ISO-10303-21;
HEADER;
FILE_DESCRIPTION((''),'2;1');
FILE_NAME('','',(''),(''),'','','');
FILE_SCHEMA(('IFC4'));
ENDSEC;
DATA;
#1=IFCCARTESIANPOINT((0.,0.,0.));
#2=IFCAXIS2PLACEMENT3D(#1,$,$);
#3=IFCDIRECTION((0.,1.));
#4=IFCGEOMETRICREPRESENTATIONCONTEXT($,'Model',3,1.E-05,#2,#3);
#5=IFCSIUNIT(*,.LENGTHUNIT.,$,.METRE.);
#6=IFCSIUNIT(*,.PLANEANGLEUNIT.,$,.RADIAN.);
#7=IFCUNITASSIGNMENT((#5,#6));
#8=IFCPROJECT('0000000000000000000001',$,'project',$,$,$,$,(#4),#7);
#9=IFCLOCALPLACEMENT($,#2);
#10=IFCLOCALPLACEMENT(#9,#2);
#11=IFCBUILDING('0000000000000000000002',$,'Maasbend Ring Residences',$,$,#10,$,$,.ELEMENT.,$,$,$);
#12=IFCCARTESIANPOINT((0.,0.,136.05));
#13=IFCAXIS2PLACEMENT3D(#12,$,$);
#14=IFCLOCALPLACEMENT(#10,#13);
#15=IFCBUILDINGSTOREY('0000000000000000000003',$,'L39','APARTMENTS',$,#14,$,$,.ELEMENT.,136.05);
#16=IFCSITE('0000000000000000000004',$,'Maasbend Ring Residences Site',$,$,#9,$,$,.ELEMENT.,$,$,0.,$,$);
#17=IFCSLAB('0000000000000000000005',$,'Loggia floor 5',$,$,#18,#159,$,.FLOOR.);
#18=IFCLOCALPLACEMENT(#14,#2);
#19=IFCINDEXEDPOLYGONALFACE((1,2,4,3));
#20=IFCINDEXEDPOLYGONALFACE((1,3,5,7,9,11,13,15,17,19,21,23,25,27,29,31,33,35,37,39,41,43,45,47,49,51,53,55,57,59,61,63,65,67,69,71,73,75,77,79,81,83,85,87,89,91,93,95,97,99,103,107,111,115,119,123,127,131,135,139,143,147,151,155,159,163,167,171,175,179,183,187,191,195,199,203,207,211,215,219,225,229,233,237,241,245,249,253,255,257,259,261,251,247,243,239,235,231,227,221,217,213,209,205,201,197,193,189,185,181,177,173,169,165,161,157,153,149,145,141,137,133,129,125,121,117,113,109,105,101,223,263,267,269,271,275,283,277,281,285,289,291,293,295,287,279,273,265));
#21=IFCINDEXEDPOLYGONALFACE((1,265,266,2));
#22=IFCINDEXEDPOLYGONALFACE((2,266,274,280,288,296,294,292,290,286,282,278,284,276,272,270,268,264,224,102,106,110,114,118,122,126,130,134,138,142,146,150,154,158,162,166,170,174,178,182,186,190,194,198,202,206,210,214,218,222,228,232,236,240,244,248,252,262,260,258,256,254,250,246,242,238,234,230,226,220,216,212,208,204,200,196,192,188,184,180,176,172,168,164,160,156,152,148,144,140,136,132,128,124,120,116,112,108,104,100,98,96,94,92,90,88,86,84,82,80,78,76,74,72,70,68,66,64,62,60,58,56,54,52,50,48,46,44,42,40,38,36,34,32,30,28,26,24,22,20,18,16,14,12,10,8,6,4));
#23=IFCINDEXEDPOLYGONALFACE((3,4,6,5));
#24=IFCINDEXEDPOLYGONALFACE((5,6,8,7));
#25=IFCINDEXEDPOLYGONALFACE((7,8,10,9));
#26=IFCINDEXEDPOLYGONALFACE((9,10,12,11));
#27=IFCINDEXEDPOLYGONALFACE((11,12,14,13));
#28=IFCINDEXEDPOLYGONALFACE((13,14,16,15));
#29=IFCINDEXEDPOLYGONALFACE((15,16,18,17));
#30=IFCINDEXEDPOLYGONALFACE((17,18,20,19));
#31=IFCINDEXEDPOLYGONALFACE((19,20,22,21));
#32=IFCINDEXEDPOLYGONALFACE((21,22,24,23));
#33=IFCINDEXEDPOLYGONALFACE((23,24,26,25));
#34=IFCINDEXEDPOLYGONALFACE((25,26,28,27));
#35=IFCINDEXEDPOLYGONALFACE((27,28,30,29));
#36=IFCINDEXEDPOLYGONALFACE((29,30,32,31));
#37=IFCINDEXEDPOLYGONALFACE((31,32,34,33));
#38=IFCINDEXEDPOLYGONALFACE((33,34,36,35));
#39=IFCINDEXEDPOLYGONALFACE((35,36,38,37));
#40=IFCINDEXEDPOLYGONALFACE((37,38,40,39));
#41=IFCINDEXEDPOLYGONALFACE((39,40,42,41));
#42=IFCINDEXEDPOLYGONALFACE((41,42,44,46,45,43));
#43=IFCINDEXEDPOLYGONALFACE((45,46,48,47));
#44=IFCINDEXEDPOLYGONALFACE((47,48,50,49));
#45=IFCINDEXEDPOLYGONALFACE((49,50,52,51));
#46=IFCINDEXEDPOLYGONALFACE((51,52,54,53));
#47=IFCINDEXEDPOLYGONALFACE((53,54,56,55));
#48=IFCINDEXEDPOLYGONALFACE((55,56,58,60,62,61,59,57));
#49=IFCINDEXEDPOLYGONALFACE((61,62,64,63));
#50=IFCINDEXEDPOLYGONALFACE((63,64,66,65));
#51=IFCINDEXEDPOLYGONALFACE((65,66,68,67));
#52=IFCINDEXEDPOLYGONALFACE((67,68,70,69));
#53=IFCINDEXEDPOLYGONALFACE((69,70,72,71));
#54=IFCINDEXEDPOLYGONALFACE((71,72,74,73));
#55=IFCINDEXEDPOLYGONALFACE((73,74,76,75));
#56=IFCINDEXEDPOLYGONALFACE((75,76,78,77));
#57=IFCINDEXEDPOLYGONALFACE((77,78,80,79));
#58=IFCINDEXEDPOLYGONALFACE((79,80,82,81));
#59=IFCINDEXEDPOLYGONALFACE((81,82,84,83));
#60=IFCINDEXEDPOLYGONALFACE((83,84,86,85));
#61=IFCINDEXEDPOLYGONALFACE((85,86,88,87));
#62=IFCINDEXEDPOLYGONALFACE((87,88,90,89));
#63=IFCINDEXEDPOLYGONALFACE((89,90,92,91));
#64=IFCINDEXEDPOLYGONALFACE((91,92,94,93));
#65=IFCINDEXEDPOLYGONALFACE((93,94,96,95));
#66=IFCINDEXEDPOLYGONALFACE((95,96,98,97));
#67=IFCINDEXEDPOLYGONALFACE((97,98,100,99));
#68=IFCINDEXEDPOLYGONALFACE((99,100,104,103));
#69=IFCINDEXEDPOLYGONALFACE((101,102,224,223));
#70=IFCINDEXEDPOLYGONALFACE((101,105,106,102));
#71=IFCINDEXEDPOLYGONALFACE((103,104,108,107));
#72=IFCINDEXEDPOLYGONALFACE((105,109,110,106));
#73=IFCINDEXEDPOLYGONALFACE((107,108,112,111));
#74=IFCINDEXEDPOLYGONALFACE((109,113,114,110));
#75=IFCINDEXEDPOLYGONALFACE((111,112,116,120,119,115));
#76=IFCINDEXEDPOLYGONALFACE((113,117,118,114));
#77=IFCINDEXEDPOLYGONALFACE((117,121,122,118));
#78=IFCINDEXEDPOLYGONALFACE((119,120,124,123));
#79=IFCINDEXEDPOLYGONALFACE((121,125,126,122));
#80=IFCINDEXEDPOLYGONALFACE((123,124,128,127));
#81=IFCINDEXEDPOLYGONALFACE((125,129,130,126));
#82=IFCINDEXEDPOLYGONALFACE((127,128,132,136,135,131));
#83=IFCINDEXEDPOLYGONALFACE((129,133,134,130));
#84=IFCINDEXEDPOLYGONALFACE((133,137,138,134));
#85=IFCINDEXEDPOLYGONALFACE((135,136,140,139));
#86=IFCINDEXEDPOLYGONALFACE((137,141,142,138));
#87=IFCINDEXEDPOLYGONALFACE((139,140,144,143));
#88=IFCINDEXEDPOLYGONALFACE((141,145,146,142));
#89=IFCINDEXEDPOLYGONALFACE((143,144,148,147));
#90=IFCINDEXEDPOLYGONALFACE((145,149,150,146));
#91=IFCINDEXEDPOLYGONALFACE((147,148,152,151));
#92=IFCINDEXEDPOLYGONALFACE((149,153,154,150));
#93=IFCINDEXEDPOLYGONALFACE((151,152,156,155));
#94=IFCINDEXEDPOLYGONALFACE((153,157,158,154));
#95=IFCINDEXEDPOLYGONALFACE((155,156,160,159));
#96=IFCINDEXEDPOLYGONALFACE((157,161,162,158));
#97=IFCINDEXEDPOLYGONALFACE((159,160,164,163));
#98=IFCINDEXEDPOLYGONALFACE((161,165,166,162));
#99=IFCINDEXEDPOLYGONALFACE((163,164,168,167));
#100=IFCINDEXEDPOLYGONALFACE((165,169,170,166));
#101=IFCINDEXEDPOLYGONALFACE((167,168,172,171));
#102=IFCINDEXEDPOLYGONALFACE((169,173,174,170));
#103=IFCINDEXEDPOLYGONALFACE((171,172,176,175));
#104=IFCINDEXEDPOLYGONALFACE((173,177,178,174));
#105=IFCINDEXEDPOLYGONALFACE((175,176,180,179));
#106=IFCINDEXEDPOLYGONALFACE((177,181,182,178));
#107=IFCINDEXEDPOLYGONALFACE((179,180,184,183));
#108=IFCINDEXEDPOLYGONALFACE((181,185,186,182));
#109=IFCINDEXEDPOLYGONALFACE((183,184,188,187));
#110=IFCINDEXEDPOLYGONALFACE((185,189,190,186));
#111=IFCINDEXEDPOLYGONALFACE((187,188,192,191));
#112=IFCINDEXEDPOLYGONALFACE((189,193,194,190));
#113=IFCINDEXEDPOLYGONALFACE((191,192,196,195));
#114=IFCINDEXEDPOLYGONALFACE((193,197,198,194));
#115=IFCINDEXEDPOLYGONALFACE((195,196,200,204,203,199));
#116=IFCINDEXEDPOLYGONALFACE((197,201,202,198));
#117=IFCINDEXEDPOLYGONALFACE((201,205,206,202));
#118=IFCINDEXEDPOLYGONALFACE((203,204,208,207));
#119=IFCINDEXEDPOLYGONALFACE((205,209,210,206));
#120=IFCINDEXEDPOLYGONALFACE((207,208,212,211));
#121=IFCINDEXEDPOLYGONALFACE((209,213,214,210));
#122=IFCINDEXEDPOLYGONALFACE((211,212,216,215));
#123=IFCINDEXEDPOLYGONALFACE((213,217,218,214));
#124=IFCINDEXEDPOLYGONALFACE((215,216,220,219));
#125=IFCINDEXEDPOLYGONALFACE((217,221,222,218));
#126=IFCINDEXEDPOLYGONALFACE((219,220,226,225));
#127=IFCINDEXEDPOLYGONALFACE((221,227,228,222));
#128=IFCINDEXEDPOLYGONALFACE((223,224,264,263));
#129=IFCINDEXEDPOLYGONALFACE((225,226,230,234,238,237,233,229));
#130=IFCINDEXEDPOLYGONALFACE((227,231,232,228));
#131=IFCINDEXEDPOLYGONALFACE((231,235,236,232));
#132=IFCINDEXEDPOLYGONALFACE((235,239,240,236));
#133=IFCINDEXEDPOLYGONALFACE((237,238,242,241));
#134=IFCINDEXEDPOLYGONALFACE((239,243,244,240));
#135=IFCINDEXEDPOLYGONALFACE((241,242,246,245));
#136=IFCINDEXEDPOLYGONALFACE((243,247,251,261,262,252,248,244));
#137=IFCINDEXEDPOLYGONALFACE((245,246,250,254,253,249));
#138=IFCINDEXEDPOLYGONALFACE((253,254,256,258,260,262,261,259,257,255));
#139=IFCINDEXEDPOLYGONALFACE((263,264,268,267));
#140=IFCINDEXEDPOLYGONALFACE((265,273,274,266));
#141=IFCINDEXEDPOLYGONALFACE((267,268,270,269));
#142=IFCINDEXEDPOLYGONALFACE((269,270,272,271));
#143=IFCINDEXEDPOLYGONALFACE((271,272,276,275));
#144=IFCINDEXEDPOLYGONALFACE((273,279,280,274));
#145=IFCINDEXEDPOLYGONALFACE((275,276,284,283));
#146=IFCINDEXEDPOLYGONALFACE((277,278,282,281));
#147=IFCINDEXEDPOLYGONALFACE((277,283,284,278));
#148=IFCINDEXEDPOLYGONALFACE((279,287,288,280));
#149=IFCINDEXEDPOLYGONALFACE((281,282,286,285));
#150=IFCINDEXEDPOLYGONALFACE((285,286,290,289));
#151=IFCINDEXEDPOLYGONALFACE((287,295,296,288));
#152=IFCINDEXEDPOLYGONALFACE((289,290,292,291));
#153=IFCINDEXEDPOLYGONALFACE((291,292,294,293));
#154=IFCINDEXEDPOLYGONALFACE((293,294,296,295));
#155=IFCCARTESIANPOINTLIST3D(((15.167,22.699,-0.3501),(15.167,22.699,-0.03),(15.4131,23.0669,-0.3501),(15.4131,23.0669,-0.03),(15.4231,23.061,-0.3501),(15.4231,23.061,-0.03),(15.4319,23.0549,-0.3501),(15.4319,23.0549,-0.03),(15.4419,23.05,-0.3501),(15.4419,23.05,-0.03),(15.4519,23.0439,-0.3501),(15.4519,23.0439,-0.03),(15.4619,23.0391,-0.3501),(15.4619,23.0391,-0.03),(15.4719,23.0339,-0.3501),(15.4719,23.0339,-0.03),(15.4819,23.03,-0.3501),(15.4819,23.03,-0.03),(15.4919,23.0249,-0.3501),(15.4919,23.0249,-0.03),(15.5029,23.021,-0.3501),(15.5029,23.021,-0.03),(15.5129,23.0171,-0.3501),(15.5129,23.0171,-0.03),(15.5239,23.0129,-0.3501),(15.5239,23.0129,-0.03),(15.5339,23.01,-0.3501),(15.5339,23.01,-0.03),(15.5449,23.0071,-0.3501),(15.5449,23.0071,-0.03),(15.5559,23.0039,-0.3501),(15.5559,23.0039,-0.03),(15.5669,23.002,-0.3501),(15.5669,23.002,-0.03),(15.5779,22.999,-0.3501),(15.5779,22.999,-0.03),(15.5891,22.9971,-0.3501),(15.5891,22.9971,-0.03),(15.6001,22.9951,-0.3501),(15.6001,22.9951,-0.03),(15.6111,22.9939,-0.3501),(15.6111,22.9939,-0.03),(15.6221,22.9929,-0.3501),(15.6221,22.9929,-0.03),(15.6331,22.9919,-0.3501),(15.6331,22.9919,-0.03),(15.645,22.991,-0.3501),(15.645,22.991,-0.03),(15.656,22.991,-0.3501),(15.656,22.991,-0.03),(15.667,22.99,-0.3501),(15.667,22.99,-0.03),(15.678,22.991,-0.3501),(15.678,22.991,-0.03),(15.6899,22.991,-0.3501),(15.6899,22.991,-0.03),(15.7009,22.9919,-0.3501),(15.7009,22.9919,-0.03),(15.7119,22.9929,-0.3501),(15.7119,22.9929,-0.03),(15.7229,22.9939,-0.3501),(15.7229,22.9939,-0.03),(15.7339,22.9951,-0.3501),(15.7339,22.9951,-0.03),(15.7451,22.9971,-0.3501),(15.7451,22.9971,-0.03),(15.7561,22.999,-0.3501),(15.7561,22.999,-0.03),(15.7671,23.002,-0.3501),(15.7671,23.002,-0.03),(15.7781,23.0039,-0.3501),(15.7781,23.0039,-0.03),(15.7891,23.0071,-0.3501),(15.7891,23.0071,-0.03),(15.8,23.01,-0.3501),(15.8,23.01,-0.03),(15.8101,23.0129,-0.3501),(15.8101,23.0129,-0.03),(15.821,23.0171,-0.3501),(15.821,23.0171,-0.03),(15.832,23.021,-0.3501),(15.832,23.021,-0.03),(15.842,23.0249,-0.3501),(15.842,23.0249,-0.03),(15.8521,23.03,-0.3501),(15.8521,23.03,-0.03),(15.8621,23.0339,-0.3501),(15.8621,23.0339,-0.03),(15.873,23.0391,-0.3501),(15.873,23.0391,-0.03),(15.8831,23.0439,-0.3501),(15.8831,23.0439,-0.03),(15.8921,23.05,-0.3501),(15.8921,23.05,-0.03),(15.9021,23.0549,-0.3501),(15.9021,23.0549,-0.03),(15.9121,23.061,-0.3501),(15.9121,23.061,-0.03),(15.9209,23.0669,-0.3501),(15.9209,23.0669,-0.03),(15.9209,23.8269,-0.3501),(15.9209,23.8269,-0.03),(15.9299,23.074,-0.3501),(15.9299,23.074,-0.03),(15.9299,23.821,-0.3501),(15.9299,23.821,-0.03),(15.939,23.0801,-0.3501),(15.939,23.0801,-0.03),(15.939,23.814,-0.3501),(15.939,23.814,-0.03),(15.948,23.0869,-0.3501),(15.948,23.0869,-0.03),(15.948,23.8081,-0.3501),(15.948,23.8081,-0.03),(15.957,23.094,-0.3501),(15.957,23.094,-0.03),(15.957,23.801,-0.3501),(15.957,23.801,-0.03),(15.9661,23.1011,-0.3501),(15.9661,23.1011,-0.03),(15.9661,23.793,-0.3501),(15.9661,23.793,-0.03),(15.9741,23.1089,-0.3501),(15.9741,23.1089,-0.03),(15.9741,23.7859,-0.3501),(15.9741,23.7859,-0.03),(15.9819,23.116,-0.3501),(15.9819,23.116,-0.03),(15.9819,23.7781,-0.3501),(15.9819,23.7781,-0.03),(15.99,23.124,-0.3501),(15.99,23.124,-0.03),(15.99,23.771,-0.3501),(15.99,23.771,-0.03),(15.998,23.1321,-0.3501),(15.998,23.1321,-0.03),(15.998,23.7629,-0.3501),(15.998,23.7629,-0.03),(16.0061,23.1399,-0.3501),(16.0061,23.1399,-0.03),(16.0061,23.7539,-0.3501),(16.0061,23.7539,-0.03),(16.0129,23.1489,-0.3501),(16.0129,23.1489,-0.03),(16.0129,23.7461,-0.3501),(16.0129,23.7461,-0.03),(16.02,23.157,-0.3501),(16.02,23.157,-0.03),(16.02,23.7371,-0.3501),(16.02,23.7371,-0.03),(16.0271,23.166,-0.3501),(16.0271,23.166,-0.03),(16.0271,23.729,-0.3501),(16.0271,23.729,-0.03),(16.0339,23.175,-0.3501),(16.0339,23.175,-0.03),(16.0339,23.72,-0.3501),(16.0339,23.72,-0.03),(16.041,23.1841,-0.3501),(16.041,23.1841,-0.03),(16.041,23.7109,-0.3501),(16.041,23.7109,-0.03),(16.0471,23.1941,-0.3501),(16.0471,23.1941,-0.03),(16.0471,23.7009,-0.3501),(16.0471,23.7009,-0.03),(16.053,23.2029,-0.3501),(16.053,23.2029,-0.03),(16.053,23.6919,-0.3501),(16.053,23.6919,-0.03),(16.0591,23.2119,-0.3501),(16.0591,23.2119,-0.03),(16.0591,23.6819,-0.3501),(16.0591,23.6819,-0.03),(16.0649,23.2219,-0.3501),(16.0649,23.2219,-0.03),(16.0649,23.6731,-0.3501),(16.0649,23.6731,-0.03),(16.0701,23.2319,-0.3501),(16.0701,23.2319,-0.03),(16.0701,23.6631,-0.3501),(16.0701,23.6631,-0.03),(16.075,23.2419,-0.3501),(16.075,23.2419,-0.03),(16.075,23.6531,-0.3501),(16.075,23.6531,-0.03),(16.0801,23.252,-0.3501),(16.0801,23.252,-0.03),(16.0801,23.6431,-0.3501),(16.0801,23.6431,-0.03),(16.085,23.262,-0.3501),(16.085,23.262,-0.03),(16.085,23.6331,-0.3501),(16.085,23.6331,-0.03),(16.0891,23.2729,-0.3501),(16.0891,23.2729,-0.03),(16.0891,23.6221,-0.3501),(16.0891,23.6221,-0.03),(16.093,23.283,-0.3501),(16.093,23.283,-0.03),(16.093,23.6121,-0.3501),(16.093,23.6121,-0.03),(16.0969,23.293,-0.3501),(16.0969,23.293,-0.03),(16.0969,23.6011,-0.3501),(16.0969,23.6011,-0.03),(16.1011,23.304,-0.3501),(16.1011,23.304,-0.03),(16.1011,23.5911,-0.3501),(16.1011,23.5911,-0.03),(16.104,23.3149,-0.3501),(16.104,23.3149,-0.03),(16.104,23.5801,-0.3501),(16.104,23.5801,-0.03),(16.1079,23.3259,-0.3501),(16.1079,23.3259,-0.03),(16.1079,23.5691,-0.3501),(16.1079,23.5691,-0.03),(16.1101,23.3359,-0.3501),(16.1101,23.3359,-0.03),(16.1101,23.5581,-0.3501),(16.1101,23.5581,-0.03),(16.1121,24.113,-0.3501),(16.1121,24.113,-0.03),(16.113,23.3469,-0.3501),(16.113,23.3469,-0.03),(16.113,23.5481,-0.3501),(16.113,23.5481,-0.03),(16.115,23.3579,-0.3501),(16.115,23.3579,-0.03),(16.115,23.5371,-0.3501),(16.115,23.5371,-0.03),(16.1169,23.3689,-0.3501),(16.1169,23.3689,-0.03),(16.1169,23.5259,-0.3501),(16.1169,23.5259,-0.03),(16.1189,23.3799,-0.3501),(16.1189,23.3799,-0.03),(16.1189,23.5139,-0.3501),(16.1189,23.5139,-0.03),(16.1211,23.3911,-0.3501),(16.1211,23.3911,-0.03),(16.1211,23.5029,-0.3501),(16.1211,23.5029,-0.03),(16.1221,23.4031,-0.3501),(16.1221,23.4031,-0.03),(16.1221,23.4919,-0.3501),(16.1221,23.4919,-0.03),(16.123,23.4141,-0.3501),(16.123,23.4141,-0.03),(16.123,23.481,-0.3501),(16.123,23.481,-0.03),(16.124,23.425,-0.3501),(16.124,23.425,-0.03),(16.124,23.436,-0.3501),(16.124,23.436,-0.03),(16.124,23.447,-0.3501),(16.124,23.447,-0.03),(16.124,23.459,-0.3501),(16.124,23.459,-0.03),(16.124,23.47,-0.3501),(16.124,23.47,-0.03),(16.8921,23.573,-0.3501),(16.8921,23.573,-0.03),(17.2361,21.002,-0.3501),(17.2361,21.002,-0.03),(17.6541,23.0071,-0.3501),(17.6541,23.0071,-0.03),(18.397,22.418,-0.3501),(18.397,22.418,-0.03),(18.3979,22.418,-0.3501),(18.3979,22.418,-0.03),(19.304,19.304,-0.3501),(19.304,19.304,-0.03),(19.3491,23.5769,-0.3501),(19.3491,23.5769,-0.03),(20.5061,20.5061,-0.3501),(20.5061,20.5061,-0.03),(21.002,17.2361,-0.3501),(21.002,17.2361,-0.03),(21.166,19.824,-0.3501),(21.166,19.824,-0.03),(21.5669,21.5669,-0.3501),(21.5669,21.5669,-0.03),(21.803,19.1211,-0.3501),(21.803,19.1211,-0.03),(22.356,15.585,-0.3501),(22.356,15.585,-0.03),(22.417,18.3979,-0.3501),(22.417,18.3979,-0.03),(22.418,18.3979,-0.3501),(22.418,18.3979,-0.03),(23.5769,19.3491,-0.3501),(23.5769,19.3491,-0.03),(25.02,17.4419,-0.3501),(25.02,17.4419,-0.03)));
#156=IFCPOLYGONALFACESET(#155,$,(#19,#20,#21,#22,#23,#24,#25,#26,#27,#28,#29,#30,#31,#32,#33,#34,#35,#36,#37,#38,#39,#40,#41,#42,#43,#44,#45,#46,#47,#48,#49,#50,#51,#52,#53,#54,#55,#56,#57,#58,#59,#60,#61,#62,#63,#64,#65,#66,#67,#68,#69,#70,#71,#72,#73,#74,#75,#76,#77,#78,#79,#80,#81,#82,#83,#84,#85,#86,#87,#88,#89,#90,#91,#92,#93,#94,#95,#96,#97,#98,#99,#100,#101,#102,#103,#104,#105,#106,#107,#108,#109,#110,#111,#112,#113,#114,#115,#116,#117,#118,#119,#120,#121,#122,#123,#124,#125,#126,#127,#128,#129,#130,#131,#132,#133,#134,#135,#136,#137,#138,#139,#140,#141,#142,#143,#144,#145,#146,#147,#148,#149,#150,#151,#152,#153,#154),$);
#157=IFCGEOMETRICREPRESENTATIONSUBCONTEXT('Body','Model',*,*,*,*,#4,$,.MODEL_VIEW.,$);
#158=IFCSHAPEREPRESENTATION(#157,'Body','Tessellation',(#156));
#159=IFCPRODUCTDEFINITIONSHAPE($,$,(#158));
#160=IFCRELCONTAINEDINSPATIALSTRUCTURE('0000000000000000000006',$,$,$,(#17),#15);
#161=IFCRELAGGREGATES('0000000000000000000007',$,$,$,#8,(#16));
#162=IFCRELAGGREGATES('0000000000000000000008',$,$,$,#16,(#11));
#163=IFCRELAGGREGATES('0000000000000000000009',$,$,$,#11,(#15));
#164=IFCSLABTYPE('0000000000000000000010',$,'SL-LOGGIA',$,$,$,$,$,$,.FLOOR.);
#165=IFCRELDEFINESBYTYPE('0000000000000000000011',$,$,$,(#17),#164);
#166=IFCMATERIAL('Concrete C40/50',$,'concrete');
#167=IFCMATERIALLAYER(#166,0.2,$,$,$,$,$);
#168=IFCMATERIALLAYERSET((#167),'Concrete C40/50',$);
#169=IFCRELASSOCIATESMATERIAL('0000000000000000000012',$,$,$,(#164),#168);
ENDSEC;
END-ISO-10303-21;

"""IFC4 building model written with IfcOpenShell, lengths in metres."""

from ifc_helpers import new_model, si_unit, direction, frame, origin, place, context, subcontext, project, spatial, polyline, outline, extrude, material, layer, layer_set, type_object, element, save


model = new_model("IFC4")

# Units and contexts
model_context = context("Model", 3, precision=1e-05, world=origin(), true_north=direction((0.0, 1.0)))
body_context = subcontext(model_context, "Body", "Model", "MODEL_VIEW")
ifc_project = project(units=[si_unit("LENGTHUNIT", "METRE"), si_unit("PLANEANGLEUNIT", "RADIAN")], contexts=[model_context])

# Site, building, storey
site_placement = place(None, origin())
site = spatial("IfcSite", under=ifc_project, at=site_placement, Name="Maasbend Ring Residences Site", CompositionType="ELEMENT", RefElevation=0.0)
building_placement = place(site_placement, origin())
building = spatial("IfcBuilding", under=site, at=building_placement, Name="Maasbend Ring Residences", CompositionType="ELEMENT")
storey_placement = place(building_placement, frame((0.0, 0.0, 136.05)))
storey = spatial("IfcBuildingStorey", under=building, at=storey_placement, Name="L39", Description="APARTMENTS", CompositionType="ELEMENT", Elevation=136.05)

# Slab
ifc_material_1 = material(Name="Concrete C40/50", Category="concrete")
ifc_layer_1 = layer(ifc_material_1, 0.2)
ifc_layer_set_1 = layer_set([ifc_layer_1], Name="Concrete C40/50")
slab_type_1 = type_object("IfcSlabType", Name="SL-LOGGIA", PredefinedType="FLOOR", material=ifc_layer_set_1)
slab_1_placement = place(storey_placement, frame((0.0, 0.0, -0.3501)))
element("IfcSlab", 1, at=slab_1_placement, inside=storey, type_object=slab_type_1, Name="Loggia floor 5", PredefinedType="FLOOR", context=body_context, shape_type="SweptSolid", body=[
    extrude(outline(polyline([(15.4319, 23.0549), (15.4419, 23.05), (15.4519, 23.0439), (15.4619, 23.0391), (15.4719, 23.0339), (15.4819, 23.03), (15.4919, 23.0249), (15.5029, 23.021), (15.5129, 23.0171), (15.5239, 23.0129), (15.5339, 23.01), (15.5449, 23.0071), (15.5559, 23.0039), (15.5669, 23.002), (15.5779, 22.999), (15.5891, 22.9971), (15.6001, 22.9951), (15.6111, 22.9939), (15.6221, 22.9929), (15.6331, 22.9919), (15.645, 22.991), (15.656, 22.991), (15.667, 22.99), (15.678, 22.991), (15.6899, 22.991), (15.7009, 22.9919), (15.7119, 22.9929), (15.7229, 22.9939), (15.7339, 22.9951), (15.7451, 22.9971), (15.7561, 22.999), (15.7671, 23.002), (15.7781, 23.0039), (15.7891, 23.0071), (15.8, 23.01), (15.8101, 23.0129), (15.821, 23.0171), (15.832, 23.021), (15.842, 23.0249), (15.8521, 23.03), (15.8621, 23.0339), (15.873, 23.0391), (15.8831, 23.0439), (15.8921, 23.05), (15.9021, 23.0549), (15.9121, 23.061), (15.9209, 23.0669), (15.9299, 23.074), (15.939, 23.0801), (15.948, 23.0869), (15.957, 23.094), (15.9661, 23.1011), (15.9741, 23.1089), (15.9819, 23.116), (15.99, 23.124), (15.998, 23.1321), (16.0061, 23.1399), (16.0129, 23.1489), (16.02, 23.157), (16.0271, 23.166), (16.0339, 23.175), (16.041, 23.1841), (16.0471, 23.1941), (16.053, 23.2029), (16.0591, 23.2119), (16.0649, 23.2219), (16.0701, 23.2319), (16.075, 23.2419), (16.0801, 23.252), (16.085, 23.262), (16.0891, 23.2729), (16.093, 23.283), (16.0969, 23.293), (16.1011, 23.304), (16.104, 23.3149), (16.1079, 23.3259), (16.1101, 23.3359), (16.113, 23.3469), (16.115, 23.3579), (16.1169, 23.3689), (16.1189, 23.3799), (16.1211, 23.3911), (16.1221, 23.4031), (16.123, 23.4141), (16.124, 23.425), (16.124, 23.436), (16.124, 23.447), (16.124, 23.459), (16.124, 23.47), (16.123, 23.481), (16.1221, 23.4919), (16.1211, 23.5029), (16.1189, 23.5139), (16.1169, 23.5259), (16.115, 23.5371), (16.113, 23.5481), (16.1101, 23.5581), (16.1079, 23.5691), (16.104, 23.5801), (16.1011, 23.5911), (16.0969, 23.6011), (16.093, 23.6121), (16.0891, 23.6221), (16.085, 23.6331), (16.0801, 23.6431), (16.075, 23.6531), (16.0701, 23.6631), (16.0649, 23.6731), (16.0591, 23.6819), (16.053, 23.6919), (16.0471, 23.7009), (16.041, 23.7109), (16.0339, 23.72), (16.0271, 23.729), (16.02, 23.7371), (16.0129, 23.7461), (16.0061, 23.7539), (15.998, 23.7629), (15.99, 23.771), (15.9819, 23.7781), (15.9741, 23.7859), (15.9661, 23.793), (15.957, 23.801), (15.948, 23.8081), (15.939, 23.814), (15.9299, 23.821), (15.9209, 23.8269), (15.9209, 23.8269), (16.1121, 24.113), (16.1121, 24.113), (16.1121, 24.113), (16.8921, 23.573), (16.8921, 23.573), (17.6541, 23.0071), (17.6541, 23.0071), (18.397, 22.418), (18.397, 22.418), (18.397, 22.418), (18.397, 22.418), (18.397, 22.418), (18.397, 22.418), (18.397, 22.418), (18.397, 22.418), (18.397, 22.418), (18.397, 22.418), (18.397, 22.418), (18.3979, 22.418), (18.3979, 22.418), (18.3979, 22.418), (18.3979, 22.418), (18.3979, 22.418), (18.3979, 22.418), (19.3491, 23.5769), (19.3491, 23.5769), (19.3491, 23.5769), (21.5669, 21.5669), (21.5669, 21.5669), (21.5669, 21.5669), (20.5061, 20.5061), (20.5061, 20.5061), (20.5061, 20.5061), (20.5061, 20.5061), (20.5061, 20.5061), (20.5061, 20.5061), (20.5061, 20.5061), (20.5061, 20.5061), (20.5061, 20.5061), (20.5061, 20.5061), (20.5061, 20.5061), (20.5061, 20.5061), (20.5061, 20.5061), (20.5061, 20.5061), (20.5061, 20.5061), (20.5061, 20.5061), (20.5061, 20.5061), (21.166, 19.824), (21.166, 19.824), (21.803, 19.1211), (21.803, 19.1211), (22.417, 18.3979), (22.417, 18.3979), (22.417, 18.3979), (22.417, 18.3979), (22.417, 18.3979), (22.417, 18.3979), (22.417, 18.3979), (22.417, 18.3979), (22.417, 18.3979), (22.417, 18.3979), (22.417, 18.3979), (22.417, 18.3979), (22.418, 18.3979), (22.418, 18.3979), (22.418, 18.3979), (22.418, 18.3979), (22.418, 18.3979), (23.5769, 19.3491), (23.5769, 19.3491), (23.5769, 19.3491), (25.02, 17.4419), (25.02, 17.4419), (25.02, 17.4419), (22.356, 15.585), (22.356, 15.585), (22.356, 15.585), (21.002, 17.2361), (19.304, 19.304), (19.304, 19.304), (19.304, 19.304), (17.2361, 21.002), (15.167, 22.699), (15.167, 22.699), (15.167, 22.699), (15.4131, 23.0669), (15.4131, 23.0669), (15.4231, 23.061), (15.4319, 23.0549)])), origin(), (0.0, 0.0, 1.0), 0.3201),
])

save(model, "model.ifc")
